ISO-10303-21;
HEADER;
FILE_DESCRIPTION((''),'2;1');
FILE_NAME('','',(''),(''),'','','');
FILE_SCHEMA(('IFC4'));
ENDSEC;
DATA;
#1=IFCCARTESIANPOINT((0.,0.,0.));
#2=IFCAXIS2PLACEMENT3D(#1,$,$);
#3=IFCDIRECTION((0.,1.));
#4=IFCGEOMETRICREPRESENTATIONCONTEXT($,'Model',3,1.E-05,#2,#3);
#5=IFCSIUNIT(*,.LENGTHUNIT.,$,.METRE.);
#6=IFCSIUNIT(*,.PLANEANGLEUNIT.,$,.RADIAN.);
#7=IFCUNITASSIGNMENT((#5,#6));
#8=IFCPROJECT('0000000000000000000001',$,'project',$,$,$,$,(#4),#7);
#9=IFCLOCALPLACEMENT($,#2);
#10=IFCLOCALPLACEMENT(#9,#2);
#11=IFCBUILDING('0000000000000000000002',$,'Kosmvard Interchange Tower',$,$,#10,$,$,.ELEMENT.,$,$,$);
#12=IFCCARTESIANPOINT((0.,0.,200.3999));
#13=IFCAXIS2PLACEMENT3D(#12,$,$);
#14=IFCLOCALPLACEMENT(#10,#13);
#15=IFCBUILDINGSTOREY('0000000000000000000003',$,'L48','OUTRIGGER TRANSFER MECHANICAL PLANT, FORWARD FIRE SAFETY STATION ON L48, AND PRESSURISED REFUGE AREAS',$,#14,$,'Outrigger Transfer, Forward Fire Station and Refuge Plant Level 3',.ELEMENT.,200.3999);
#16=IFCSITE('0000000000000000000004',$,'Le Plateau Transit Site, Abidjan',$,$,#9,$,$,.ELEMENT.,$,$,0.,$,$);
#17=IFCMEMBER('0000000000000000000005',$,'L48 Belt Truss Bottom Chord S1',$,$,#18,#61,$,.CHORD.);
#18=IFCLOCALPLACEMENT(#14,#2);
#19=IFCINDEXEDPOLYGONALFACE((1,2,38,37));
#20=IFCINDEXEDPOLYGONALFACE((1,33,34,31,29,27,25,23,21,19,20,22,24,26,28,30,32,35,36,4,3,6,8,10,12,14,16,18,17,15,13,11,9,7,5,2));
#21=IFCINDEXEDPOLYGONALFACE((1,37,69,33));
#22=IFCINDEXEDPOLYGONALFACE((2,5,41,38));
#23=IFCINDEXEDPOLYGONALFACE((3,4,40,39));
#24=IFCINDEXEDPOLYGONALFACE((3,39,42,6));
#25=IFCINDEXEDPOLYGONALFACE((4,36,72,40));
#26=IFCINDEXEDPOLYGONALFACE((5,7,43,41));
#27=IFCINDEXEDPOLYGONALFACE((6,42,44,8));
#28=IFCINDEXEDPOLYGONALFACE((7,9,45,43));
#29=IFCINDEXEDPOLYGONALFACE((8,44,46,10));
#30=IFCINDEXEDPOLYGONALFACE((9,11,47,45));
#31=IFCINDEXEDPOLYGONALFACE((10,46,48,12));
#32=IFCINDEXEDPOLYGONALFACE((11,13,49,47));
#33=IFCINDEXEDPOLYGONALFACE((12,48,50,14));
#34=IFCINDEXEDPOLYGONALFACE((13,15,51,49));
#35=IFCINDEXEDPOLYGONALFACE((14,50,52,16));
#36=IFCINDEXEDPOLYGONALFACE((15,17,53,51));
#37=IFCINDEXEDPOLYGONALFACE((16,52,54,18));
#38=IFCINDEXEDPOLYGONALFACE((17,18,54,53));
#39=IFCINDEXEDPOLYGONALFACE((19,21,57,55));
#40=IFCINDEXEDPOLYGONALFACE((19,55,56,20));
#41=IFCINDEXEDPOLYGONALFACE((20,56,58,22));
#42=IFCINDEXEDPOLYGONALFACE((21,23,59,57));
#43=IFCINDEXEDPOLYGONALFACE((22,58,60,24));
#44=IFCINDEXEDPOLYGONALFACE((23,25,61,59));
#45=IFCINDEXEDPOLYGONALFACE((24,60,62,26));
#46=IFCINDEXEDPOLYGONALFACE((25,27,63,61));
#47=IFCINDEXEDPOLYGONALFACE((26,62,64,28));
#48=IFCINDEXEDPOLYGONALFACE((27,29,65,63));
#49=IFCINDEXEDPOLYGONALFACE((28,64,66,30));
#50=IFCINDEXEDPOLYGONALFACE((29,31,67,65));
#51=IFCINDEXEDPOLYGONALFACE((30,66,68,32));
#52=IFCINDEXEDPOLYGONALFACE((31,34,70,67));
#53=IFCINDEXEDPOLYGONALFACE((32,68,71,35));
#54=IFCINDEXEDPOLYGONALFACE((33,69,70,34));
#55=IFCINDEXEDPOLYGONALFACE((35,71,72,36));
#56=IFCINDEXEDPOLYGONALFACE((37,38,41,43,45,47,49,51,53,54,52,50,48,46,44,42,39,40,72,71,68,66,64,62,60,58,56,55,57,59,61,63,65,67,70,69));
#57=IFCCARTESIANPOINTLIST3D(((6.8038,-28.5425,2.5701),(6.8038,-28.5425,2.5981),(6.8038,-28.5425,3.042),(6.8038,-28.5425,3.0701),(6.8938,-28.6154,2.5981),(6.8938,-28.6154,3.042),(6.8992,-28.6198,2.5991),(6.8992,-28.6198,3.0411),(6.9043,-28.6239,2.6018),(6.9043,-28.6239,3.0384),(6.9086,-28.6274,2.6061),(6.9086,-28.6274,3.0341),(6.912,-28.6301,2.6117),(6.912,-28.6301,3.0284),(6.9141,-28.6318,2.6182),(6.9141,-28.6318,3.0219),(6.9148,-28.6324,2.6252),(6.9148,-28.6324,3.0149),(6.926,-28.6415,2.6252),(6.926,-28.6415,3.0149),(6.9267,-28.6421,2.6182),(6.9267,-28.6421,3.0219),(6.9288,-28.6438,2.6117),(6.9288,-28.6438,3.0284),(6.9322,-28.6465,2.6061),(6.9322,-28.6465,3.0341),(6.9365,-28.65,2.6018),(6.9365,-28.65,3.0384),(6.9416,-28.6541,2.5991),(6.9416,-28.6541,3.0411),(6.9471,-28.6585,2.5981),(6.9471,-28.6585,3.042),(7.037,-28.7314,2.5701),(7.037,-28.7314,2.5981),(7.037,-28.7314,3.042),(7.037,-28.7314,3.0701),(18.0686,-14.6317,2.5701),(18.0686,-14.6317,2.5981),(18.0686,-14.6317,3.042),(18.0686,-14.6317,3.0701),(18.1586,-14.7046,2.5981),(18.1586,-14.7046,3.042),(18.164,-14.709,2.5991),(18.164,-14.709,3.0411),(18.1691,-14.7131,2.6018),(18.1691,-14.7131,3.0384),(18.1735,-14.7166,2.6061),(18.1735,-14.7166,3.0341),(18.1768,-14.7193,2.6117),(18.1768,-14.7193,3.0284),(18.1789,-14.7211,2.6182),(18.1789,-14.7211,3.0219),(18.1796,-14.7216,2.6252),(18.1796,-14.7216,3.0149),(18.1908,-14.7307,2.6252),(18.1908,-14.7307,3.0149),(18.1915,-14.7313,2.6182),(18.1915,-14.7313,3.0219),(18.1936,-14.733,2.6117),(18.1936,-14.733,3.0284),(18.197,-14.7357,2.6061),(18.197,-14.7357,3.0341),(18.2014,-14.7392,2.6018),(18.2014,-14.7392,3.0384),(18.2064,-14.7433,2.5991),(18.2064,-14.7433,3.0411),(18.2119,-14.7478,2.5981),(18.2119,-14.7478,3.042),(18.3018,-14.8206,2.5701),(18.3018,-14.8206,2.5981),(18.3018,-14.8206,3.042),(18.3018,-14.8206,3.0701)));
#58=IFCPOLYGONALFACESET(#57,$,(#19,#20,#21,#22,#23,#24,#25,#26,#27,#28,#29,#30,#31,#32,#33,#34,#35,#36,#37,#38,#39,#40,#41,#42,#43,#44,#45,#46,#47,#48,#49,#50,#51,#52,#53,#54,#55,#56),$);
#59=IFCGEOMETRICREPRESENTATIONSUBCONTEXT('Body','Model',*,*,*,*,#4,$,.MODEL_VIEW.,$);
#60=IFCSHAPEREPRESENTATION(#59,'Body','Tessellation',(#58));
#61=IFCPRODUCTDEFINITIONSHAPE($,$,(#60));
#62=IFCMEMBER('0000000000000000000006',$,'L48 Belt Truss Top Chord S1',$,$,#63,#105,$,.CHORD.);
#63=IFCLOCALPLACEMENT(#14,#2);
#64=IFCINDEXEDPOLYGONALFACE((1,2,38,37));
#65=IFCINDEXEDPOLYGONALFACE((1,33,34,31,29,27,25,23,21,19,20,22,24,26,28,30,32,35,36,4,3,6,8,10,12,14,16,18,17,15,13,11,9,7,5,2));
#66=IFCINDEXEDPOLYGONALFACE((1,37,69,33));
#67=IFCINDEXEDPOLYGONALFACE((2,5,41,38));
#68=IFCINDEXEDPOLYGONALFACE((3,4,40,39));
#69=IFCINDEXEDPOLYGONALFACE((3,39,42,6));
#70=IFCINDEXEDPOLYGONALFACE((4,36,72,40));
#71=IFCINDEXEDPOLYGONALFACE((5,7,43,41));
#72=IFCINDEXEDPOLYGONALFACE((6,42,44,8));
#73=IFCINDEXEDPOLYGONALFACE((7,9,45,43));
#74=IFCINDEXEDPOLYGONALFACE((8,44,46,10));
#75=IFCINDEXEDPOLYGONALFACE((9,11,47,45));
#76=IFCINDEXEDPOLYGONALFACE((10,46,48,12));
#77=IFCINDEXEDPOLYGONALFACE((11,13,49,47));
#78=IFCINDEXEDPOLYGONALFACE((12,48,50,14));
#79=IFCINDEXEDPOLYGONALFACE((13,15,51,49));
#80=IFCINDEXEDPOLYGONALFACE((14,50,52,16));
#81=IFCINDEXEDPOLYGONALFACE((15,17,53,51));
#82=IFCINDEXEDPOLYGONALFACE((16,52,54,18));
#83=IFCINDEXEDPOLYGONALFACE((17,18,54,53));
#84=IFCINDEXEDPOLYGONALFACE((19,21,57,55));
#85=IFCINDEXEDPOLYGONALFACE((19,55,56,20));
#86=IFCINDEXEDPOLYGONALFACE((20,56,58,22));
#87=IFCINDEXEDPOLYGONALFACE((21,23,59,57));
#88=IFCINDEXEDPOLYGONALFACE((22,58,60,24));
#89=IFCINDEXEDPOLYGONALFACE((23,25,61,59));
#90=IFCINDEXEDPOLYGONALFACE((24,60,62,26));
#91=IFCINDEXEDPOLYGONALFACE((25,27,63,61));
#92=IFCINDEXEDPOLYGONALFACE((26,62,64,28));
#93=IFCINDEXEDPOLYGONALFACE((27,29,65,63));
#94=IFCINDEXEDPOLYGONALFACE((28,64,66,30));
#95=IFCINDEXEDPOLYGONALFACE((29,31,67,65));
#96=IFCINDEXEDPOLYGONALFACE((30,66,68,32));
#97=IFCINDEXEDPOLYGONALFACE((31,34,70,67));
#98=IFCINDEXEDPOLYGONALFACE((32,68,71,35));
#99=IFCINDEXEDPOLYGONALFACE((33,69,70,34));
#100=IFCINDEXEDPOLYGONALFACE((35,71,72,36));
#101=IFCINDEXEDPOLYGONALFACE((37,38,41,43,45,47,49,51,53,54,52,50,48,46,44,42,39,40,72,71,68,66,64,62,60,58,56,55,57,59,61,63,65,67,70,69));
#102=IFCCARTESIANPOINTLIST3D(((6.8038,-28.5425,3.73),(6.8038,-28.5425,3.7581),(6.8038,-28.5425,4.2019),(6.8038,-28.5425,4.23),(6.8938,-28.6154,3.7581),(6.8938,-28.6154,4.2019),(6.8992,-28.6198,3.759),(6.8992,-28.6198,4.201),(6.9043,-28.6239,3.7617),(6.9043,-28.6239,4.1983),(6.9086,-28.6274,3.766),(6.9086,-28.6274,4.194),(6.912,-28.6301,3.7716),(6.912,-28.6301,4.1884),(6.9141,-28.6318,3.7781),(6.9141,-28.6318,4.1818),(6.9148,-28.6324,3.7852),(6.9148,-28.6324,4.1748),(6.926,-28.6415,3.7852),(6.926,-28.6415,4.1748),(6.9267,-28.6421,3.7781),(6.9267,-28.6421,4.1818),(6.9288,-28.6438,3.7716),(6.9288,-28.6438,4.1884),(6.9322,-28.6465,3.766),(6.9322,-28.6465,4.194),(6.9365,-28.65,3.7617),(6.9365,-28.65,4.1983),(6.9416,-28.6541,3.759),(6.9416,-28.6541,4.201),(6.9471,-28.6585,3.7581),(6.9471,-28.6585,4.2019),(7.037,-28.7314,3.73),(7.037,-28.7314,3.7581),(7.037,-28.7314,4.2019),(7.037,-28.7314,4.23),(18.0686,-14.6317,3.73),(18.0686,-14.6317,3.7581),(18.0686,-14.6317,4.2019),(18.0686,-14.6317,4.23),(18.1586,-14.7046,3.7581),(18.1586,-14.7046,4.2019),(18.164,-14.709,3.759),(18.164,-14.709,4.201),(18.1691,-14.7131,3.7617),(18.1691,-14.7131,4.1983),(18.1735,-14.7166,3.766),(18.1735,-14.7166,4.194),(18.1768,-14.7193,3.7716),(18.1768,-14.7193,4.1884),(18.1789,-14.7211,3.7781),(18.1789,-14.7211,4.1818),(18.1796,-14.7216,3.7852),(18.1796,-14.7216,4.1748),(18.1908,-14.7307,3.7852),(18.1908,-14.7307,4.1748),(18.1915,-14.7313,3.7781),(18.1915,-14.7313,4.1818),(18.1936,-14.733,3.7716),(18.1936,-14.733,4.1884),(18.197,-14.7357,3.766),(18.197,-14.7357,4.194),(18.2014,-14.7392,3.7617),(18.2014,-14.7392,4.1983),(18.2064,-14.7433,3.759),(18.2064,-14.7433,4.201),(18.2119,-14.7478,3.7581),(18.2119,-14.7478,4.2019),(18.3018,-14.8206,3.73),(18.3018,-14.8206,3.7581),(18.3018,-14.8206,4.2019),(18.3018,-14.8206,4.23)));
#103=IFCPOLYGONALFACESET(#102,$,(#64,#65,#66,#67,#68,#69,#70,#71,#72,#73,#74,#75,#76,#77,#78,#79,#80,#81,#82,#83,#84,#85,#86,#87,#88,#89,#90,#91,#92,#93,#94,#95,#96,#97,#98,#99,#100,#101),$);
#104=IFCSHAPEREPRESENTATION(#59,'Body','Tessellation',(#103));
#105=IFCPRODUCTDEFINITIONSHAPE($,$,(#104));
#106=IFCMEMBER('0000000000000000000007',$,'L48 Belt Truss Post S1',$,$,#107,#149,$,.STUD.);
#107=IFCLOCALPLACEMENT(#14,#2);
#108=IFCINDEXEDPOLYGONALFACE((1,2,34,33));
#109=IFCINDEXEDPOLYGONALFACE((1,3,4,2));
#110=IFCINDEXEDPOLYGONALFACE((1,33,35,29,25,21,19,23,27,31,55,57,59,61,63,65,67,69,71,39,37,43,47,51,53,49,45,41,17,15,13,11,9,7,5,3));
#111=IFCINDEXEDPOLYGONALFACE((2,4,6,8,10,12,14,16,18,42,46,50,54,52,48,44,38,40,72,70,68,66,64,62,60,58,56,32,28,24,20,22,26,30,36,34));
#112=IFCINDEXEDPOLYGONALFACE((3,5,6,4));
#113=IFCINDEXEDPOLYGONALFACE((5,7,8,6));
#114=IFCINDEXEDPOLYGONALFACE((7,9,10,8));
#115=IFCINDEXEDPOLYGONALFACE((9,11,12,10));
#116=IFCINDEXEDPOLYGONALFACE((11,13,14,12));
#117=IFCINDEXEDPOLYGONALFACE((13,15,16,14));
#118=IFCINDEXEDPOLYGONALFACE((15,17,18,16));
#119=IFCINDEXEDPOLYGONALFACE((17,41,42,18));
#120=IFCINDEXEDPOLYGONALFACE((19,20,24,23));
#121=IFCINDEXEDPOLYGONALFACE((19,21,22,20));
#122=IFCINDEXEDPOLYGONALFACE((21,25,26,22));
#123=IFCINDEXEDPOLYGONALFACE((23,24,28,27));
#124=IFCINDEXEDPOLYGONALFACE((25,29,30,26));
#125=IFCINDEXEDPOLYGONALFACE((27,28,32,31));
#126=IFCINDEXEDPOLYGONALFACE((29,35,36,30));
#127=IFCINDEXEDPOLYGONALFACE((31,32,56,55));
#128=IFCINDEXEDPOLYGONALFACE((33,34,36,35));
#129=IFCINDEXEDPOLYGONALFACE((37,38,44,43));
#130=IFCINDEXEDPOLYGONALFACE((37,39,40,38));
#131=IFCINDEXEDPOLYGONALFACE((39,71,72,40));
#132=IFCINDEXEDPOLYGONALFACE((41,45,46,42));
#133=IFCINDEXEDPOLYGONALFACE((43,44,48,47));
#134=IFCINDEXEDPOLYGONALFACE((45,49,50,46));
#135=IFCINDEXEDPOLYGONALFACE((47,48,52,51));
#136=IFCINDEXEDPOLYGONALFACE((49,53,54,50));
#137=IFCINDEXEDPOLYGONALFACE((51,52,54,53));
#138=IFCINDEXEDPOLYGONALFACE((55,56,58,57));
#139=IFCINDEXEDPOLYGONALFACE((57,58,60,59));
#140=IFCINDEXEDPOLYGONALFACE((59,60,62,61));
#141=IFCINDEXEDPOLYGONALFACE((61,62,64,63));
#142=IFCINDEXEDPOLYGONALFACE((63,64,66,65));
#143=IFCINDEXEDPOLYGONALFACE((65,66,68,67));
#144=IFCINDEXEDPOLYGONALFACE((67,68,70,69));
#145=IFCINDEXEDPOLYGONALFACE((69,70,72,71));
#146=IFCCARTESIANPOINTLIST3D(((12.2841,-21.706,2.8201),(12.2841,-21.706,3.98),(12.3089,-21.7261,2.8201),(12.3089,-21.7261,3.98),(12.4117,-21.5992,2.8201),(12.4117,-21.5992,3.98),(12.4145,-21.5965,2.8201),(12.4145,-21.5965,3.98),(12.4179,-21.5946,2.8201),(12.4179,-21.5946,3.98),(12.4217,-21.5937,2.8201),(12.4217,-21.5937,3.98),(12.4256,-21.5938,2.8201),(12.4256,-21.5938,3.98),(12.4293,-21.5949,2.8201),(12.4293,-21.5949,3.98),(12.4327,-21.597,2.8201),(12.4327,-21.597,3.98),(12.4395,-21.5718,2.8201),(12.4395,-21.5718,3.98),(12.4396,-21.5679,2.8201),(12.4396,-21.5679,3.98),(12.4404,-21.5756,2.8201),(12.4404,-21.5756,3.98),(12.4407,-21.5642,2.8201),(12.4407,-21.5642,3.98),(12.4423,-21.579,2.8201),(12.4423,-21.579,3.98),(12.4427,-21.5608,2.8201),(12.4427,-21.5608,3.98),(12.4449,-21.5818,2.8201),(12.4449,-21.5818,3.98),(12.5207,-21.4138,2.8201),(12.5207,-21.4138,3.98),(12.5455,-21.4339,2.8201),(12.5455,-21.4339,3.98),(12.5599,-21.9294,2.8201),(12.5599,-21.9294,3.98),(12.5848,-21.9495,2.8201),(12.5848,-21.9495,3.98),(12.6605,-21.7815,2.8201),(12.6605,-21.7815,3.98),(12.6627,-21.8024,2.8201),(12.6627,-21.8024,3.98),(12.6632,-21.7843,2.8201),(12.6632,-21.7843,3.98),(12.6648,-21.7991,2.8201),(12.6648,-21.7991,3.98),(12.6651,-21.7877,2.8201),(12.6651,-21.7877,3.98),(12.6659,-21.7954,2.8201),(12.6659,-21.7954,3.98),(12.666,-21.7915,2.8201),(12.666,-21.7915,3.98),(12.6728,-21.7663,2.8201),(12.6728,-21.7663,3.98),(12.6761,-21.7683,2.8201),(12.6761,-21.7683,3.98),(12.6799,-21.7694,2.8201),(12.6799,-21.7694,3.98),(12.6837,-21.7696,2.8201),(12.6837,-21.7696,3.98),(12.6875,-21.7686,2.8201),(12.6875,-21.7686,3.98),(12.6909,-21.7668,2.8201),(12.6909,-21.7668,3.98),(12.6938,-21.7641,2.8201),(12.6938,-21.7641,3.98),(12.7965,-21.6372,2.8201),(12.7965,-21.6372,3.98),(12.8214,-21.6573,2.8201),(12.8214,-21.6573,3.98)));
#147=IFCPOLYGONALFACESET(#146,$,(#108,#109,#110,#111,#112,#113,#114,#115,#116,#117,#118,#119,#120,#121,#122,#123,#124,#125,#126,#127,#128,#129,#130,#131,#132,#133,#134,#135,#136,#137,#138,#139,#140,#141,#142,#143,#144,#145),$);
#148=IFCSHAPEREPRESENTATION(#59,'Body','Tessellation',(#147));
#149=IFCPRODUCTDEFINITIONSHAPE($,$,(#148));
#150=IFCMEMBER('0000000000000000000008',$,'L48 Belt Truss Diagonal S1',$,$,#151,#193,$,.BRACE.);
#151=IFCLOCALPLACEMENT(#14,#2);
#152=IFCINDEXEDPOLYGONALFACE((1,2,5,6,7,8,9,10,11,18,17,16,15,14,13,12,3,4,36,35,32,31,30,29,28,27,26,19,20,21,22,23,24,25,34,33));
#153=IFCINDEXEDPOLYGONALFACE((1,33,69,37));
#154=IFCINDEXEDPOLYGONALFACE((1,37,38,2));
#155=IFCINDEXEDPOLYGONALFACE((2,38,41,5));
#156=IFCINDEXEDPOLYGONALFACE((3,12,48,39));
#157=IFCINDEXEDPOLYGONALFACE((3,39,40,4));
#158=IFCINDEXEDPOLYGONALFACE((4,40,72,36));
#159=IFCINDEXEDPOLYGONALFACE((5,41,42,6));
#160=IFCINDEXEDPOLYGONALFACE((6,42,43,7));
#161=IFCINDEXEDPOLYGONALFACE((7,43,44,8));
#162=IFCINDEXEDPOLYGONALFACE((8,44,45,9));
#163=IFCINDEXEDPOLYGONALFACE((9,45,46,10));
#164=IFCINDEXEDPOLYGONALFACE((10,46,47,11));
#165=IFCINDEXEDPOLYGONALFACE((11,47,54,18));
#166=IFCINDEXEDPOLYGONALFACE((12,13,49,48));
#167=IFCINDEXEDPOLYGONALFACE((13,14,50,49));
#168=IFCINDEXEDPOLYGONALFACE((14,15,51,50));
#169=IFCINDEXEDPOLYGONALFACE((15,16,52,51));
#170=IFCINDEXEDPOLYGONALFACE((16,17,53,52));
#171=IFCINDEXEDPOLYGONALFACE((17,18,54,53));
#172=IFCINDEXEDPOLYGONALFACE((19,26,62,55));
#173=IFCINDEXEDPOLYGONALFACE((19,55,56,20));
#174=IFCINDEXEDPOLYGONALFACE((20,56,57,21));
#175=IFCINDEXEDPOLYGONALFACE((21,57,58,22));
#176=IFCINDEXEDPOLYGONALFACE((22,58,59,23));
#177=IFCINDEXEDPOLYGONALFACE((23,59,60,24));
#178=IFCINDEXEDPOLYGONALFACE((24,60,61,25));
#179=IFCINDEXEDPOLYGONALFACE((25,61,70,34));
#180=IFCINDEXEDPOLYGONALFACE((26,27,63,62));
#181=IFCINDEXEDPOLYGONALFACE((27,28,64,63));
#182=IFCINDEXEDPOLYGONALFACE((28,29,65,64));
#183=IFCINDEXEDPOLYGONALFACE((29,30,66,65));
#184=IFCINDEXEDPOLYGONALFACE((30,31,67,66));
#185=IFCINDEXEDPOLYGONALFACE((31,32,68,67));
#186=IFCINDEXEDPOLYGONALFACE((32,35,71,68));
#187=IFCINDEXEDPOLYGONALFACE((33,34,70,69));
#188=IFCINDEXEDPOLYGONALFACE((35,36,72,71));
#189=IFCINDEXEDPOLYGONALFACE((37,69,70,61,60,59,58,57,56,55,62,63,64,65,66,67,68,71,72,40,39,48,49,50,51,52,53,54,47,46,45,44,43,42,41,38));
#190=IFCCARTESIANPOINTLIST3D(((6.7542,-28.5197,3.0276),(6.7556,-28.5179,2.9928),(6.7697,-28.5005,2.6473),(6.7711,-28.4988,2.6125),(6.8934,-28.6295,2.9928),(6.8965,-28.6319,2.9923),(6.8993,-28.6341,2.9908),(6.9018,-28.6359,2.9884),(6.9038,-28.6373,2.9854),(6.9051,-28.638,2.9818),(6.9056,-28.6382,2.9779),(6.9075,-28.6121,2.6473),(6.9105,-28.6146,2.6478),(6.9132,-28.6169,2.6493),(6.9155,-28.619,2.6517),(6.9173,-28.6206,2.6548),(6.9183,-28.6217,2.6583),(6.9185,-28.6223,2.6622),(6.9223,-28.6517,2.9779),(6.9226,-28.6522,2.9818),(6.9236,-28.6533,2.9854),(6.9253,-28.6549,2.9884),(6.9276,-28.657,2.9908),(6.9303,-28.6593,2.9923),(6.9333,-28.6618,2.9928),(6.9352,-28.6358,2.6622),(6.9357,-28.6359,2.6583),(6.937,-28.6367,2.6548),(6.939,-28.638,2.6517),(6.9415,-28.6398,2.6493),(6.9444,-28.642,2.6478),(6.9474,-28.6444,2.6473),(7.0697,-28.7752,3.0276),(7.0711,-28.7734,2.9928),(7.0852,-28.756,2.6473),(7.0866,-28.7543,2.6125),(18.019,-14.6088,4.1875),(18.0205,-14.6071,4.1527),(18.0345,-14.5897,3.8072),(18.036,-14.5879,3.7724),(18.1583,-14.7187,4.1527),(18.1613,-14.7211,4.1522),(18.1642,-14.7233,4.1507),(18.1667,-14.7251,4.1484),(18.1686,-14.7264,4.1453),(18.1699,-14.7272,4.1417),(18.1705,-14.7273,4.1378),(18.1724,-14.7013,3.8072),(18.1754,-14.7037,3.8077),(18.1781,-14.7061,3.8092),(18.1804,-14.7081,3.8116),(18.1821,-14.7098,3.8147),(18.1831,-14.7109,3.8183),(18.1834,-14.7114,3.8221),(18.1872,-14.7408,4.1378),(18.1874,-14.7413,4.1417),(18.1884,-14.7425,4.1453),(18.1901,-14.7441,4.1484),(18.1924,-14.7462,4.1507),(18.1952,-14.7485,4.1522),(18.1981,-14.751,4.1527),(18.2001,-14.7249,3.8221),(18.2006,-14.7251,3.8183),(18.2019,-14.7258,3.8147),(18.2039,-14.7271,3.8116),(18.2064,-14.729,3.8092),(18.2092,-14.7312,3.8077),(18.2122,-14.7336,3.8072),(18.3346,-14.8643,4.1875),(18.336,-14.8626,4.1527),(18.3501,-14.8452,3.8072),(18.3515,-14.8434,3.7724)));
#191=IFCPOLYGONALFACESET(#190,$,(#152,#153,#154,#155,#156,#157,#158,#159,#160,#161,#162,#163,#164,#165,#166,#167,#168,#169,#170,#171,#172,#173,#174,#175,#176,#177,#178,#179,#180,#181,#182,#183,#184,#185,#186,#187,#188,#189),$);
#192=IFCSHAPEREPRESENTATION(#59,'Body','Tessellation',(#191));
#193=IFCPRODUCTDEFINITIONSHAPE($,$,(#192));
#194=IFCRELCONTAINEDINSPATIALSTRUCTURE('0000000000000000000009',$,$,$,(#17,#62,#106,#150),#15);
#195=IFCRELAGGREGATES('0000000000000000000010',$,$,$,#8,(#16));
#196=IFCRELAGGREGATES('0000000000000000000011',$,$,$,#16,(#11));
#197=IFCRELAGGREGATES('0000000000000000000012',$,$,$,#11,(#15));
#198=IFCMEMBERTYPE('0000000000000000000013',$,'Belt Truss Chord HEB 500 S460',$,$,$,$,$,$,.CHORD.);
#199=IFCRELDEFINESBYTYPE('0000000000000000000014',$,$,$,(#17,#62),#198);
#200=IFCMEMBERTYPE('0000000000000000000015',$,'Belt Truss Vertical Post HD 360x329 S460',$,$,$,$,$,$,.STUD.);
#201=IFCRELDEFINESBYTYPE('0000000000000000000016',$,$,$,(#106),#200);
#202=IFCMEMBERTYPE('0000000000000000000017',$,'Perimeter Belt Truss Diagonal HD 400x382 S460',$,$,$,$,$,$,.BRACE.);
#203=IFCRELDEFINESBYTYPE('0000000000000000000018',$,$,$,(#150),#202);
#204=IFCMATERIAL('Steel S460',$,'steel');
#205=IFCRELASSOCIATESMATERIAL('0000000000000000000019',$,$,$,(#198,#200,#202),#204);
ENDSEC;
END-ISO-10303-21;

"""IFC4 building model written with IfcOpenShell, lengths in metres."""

from ifc_helpers import new_model, si_unit, direction, frame, origin, origin_2d, place, context, subcontext, project, spatial, i_section, extrude, source, transform, mapped, material, material_profile, profile_set, type_object, element, save


model = new_model("IFC4")

# Units and contexts
model_context = context("Model", 3, precision=1e-05, world=origin(), true_north=direction((0.0, 1.0)))
body_context = subcontext(model_context, "Body", "Model", "MODEL_VIEW")
ifc_project = project(units=[si_unit("LENGTHUNIT", "METRE"), si_unit("PLANEANGLEUNIT", "RADIAN")], contexts=[model_context])

# Site, building, storey
site_placement = place(None, origin())
site = spatial("IfcSite", under=ifc_project, at=site_placement, Name="Le Plateau Transit Site, Abidjan", CompositionType="ELEMENT", RefElevation=0.0)
building_placement = place(site_placement, origin())
building = spatial("IfcBuilding", under=site, at=building_placement, Name="Kosmvard Interchange Tower", CompositionType="ELEMENT")
storey_placement = place(building_placement, frame((0.0, 0.0, 200.3999)))
storey = spatial("IfcBuildingStorey", under=building, at=storey_placement, Name="L48", Description="OUTRIGGER TRANSFER MECHANICAL PLANT, FORWARD FIRE SAFETY STATION ON L48, AND PRESSURISED REFUGE AREAS", LongName="Outrigger Transfer, Forward Fire Station and Refuge Plant Level 3", CompositionType="ELEMENT", Elevation=200.3999)

# Members
ifc_material_1 = material(Name="Steel S460", Category="steel")
ifc_material_profile_1 = material_profile(ifc_material_1, i_section(OverallWidth=0.3, OverallDepth=0.5, WebThickness=0.0144, FlangeThickness=0.0281, FilletRadius=0.0271, at=origin_2d()), Name="HEB 500")
ifc_profile_set_1 = profile_set([ifc_material_profile_1], Name="Steel S460")
member_type_1 = type_object("IfcMemberType", Name="Belt Truss Chord HEB 500 S460", PredefinedType="CHORD", material=ifc_profile_set_1)
shared_shape_1 = source(origin(), body_context, "Body", "SweptSolid", [
    extrude(i_section(OverallWidth=0.3, OverallDepth=0.5, WebThickness=0.0144, FlangeThickness=0.0281, FilletRadius=0.0271, at=origin_2d()), origin(), (0.0, 0.0, 1.0), 17.8999),
])
for number, where, z_axis, x_axis, name in (
    (1, (6.9204, -28.637, 2.8201), (0.629323, 0.777144, 0.0), (-0.777144, 0.629323, 0.0), "L48 Belt Truss Bottom Chord S1"),
    (2, (6.9204, -28.637, 3.98), (0.629323, 0.777144, 0.0), (-0.777144, 0.629323, 0.0), "L48 Belt Truss Top Chord S1"),
):
    element("IfcMember", number, at=place(storey_placement, frame(where, z_axis=z_axis, x_axis=x_axis)), inside=storey, type_object=member_type_1, Name=name, PredefinedType="CHORD", context=body_context, shape_type="MappedRepresentation", body=[
        mapped(shared_shape_1, transform((0.0, 0.0, 0.0), scale=1.0)),
    ])
ifc_material_profile_2 = material_profile(ifc_material_1, i_section(OverallWidth=0.376, OverallDepth=0.387, WebThickness=0.0195, FlangeThickness=0.032, FilletRadius=0.0149, at=origin_2d()), Name="HD 360x329")
ifc_profile_set_2 = profile_set([ifc_material_profile_2], Name="Steel S460")
member_type_2 = type_object("IfcMemberType", Name="Belt Truss Vertical Post HD 360x329 S460", PredefinedType="STUD", material=ifc_profile_set_2)
shared_shape_2 = source(origin(), body_context, "Body", "SweptSolid", [
    extrude(i_section(OverallWidth=0.376, OverallDepth=0.387, WebThickness=0.0195, FlangeThickness=0.032, FilletRadius=0.0149, at=origin_2d()), origin(), (0.0, 0.0, 1.0), 1.1599),
])
member_1_placement = place(storey_placement, frame((12.5527, -21.6816, 2.8201), z_axis=(0.0, 0.0, 1.0), x_axis=(0.62932, 0.777146, 0.0)))
element("IfcMember", 3, at=member_1_placement, inside=storey, type_object=member_type_2, Name="L48 Belt Truss Post S1", PredefinedType="STUD", context=body_context, shape_type="MappedRepresentation", body=[
    mapped(shared_shape_2, transform((0.0, 0.0, 0.0), scale=1.0)),
])
ifc_material_profile_3 = material_profile(ifc_material_1, i_section(OverallWidth=0.406, OverallDepth=0.416, WebThickness=0.0215, FlangeThickness=0.0349, FilletRadius=0.0149, at=origin_2d()), Name="HD 400x382")
ifc_profile_set_3 = profile_set([ifc_material_profile_3], Name="Steel S460")
member_type_3 = type_object("IfcMemberType", Name="Perimeter Belt Truss Diagonal HD 400x382 S460", PredefinedType="BRACE", material=ifc_profile_set_3)
shared_shape_3 = source(origin(), body_context, "Body", "SweptSolid", [
    extrude(i_section(OverallWidth=0.406, OverallDepth=0.416, WebThickness=0.0215, FlangeThickness=0.0349, FilletRadius=0.0149, at=origin_2d()), origin(), (0.0, 0.0, 1.0), 17.9375),
])
member_2_placement = place(storey_placement, frame((6.9204, -28.637, 2.8201), z_axis=(0.628006, 0.775517, 0.064664), x_axis=(-0.777144, 0.629323, 0.0)))
element("IfcMember", 4, at=member_2_placement, inside=storey, type_object=member_type_3, Name="L48 Belt Truss Diagonal S1", PredefinedType="BRACE", context=body_context, shape_type="MappedRepresentation", body=[
    mapped(shared_shape_3, transform((0.0, 0.0, 0.0), scale=1.0)),
])

save(model, "model.ifc")
